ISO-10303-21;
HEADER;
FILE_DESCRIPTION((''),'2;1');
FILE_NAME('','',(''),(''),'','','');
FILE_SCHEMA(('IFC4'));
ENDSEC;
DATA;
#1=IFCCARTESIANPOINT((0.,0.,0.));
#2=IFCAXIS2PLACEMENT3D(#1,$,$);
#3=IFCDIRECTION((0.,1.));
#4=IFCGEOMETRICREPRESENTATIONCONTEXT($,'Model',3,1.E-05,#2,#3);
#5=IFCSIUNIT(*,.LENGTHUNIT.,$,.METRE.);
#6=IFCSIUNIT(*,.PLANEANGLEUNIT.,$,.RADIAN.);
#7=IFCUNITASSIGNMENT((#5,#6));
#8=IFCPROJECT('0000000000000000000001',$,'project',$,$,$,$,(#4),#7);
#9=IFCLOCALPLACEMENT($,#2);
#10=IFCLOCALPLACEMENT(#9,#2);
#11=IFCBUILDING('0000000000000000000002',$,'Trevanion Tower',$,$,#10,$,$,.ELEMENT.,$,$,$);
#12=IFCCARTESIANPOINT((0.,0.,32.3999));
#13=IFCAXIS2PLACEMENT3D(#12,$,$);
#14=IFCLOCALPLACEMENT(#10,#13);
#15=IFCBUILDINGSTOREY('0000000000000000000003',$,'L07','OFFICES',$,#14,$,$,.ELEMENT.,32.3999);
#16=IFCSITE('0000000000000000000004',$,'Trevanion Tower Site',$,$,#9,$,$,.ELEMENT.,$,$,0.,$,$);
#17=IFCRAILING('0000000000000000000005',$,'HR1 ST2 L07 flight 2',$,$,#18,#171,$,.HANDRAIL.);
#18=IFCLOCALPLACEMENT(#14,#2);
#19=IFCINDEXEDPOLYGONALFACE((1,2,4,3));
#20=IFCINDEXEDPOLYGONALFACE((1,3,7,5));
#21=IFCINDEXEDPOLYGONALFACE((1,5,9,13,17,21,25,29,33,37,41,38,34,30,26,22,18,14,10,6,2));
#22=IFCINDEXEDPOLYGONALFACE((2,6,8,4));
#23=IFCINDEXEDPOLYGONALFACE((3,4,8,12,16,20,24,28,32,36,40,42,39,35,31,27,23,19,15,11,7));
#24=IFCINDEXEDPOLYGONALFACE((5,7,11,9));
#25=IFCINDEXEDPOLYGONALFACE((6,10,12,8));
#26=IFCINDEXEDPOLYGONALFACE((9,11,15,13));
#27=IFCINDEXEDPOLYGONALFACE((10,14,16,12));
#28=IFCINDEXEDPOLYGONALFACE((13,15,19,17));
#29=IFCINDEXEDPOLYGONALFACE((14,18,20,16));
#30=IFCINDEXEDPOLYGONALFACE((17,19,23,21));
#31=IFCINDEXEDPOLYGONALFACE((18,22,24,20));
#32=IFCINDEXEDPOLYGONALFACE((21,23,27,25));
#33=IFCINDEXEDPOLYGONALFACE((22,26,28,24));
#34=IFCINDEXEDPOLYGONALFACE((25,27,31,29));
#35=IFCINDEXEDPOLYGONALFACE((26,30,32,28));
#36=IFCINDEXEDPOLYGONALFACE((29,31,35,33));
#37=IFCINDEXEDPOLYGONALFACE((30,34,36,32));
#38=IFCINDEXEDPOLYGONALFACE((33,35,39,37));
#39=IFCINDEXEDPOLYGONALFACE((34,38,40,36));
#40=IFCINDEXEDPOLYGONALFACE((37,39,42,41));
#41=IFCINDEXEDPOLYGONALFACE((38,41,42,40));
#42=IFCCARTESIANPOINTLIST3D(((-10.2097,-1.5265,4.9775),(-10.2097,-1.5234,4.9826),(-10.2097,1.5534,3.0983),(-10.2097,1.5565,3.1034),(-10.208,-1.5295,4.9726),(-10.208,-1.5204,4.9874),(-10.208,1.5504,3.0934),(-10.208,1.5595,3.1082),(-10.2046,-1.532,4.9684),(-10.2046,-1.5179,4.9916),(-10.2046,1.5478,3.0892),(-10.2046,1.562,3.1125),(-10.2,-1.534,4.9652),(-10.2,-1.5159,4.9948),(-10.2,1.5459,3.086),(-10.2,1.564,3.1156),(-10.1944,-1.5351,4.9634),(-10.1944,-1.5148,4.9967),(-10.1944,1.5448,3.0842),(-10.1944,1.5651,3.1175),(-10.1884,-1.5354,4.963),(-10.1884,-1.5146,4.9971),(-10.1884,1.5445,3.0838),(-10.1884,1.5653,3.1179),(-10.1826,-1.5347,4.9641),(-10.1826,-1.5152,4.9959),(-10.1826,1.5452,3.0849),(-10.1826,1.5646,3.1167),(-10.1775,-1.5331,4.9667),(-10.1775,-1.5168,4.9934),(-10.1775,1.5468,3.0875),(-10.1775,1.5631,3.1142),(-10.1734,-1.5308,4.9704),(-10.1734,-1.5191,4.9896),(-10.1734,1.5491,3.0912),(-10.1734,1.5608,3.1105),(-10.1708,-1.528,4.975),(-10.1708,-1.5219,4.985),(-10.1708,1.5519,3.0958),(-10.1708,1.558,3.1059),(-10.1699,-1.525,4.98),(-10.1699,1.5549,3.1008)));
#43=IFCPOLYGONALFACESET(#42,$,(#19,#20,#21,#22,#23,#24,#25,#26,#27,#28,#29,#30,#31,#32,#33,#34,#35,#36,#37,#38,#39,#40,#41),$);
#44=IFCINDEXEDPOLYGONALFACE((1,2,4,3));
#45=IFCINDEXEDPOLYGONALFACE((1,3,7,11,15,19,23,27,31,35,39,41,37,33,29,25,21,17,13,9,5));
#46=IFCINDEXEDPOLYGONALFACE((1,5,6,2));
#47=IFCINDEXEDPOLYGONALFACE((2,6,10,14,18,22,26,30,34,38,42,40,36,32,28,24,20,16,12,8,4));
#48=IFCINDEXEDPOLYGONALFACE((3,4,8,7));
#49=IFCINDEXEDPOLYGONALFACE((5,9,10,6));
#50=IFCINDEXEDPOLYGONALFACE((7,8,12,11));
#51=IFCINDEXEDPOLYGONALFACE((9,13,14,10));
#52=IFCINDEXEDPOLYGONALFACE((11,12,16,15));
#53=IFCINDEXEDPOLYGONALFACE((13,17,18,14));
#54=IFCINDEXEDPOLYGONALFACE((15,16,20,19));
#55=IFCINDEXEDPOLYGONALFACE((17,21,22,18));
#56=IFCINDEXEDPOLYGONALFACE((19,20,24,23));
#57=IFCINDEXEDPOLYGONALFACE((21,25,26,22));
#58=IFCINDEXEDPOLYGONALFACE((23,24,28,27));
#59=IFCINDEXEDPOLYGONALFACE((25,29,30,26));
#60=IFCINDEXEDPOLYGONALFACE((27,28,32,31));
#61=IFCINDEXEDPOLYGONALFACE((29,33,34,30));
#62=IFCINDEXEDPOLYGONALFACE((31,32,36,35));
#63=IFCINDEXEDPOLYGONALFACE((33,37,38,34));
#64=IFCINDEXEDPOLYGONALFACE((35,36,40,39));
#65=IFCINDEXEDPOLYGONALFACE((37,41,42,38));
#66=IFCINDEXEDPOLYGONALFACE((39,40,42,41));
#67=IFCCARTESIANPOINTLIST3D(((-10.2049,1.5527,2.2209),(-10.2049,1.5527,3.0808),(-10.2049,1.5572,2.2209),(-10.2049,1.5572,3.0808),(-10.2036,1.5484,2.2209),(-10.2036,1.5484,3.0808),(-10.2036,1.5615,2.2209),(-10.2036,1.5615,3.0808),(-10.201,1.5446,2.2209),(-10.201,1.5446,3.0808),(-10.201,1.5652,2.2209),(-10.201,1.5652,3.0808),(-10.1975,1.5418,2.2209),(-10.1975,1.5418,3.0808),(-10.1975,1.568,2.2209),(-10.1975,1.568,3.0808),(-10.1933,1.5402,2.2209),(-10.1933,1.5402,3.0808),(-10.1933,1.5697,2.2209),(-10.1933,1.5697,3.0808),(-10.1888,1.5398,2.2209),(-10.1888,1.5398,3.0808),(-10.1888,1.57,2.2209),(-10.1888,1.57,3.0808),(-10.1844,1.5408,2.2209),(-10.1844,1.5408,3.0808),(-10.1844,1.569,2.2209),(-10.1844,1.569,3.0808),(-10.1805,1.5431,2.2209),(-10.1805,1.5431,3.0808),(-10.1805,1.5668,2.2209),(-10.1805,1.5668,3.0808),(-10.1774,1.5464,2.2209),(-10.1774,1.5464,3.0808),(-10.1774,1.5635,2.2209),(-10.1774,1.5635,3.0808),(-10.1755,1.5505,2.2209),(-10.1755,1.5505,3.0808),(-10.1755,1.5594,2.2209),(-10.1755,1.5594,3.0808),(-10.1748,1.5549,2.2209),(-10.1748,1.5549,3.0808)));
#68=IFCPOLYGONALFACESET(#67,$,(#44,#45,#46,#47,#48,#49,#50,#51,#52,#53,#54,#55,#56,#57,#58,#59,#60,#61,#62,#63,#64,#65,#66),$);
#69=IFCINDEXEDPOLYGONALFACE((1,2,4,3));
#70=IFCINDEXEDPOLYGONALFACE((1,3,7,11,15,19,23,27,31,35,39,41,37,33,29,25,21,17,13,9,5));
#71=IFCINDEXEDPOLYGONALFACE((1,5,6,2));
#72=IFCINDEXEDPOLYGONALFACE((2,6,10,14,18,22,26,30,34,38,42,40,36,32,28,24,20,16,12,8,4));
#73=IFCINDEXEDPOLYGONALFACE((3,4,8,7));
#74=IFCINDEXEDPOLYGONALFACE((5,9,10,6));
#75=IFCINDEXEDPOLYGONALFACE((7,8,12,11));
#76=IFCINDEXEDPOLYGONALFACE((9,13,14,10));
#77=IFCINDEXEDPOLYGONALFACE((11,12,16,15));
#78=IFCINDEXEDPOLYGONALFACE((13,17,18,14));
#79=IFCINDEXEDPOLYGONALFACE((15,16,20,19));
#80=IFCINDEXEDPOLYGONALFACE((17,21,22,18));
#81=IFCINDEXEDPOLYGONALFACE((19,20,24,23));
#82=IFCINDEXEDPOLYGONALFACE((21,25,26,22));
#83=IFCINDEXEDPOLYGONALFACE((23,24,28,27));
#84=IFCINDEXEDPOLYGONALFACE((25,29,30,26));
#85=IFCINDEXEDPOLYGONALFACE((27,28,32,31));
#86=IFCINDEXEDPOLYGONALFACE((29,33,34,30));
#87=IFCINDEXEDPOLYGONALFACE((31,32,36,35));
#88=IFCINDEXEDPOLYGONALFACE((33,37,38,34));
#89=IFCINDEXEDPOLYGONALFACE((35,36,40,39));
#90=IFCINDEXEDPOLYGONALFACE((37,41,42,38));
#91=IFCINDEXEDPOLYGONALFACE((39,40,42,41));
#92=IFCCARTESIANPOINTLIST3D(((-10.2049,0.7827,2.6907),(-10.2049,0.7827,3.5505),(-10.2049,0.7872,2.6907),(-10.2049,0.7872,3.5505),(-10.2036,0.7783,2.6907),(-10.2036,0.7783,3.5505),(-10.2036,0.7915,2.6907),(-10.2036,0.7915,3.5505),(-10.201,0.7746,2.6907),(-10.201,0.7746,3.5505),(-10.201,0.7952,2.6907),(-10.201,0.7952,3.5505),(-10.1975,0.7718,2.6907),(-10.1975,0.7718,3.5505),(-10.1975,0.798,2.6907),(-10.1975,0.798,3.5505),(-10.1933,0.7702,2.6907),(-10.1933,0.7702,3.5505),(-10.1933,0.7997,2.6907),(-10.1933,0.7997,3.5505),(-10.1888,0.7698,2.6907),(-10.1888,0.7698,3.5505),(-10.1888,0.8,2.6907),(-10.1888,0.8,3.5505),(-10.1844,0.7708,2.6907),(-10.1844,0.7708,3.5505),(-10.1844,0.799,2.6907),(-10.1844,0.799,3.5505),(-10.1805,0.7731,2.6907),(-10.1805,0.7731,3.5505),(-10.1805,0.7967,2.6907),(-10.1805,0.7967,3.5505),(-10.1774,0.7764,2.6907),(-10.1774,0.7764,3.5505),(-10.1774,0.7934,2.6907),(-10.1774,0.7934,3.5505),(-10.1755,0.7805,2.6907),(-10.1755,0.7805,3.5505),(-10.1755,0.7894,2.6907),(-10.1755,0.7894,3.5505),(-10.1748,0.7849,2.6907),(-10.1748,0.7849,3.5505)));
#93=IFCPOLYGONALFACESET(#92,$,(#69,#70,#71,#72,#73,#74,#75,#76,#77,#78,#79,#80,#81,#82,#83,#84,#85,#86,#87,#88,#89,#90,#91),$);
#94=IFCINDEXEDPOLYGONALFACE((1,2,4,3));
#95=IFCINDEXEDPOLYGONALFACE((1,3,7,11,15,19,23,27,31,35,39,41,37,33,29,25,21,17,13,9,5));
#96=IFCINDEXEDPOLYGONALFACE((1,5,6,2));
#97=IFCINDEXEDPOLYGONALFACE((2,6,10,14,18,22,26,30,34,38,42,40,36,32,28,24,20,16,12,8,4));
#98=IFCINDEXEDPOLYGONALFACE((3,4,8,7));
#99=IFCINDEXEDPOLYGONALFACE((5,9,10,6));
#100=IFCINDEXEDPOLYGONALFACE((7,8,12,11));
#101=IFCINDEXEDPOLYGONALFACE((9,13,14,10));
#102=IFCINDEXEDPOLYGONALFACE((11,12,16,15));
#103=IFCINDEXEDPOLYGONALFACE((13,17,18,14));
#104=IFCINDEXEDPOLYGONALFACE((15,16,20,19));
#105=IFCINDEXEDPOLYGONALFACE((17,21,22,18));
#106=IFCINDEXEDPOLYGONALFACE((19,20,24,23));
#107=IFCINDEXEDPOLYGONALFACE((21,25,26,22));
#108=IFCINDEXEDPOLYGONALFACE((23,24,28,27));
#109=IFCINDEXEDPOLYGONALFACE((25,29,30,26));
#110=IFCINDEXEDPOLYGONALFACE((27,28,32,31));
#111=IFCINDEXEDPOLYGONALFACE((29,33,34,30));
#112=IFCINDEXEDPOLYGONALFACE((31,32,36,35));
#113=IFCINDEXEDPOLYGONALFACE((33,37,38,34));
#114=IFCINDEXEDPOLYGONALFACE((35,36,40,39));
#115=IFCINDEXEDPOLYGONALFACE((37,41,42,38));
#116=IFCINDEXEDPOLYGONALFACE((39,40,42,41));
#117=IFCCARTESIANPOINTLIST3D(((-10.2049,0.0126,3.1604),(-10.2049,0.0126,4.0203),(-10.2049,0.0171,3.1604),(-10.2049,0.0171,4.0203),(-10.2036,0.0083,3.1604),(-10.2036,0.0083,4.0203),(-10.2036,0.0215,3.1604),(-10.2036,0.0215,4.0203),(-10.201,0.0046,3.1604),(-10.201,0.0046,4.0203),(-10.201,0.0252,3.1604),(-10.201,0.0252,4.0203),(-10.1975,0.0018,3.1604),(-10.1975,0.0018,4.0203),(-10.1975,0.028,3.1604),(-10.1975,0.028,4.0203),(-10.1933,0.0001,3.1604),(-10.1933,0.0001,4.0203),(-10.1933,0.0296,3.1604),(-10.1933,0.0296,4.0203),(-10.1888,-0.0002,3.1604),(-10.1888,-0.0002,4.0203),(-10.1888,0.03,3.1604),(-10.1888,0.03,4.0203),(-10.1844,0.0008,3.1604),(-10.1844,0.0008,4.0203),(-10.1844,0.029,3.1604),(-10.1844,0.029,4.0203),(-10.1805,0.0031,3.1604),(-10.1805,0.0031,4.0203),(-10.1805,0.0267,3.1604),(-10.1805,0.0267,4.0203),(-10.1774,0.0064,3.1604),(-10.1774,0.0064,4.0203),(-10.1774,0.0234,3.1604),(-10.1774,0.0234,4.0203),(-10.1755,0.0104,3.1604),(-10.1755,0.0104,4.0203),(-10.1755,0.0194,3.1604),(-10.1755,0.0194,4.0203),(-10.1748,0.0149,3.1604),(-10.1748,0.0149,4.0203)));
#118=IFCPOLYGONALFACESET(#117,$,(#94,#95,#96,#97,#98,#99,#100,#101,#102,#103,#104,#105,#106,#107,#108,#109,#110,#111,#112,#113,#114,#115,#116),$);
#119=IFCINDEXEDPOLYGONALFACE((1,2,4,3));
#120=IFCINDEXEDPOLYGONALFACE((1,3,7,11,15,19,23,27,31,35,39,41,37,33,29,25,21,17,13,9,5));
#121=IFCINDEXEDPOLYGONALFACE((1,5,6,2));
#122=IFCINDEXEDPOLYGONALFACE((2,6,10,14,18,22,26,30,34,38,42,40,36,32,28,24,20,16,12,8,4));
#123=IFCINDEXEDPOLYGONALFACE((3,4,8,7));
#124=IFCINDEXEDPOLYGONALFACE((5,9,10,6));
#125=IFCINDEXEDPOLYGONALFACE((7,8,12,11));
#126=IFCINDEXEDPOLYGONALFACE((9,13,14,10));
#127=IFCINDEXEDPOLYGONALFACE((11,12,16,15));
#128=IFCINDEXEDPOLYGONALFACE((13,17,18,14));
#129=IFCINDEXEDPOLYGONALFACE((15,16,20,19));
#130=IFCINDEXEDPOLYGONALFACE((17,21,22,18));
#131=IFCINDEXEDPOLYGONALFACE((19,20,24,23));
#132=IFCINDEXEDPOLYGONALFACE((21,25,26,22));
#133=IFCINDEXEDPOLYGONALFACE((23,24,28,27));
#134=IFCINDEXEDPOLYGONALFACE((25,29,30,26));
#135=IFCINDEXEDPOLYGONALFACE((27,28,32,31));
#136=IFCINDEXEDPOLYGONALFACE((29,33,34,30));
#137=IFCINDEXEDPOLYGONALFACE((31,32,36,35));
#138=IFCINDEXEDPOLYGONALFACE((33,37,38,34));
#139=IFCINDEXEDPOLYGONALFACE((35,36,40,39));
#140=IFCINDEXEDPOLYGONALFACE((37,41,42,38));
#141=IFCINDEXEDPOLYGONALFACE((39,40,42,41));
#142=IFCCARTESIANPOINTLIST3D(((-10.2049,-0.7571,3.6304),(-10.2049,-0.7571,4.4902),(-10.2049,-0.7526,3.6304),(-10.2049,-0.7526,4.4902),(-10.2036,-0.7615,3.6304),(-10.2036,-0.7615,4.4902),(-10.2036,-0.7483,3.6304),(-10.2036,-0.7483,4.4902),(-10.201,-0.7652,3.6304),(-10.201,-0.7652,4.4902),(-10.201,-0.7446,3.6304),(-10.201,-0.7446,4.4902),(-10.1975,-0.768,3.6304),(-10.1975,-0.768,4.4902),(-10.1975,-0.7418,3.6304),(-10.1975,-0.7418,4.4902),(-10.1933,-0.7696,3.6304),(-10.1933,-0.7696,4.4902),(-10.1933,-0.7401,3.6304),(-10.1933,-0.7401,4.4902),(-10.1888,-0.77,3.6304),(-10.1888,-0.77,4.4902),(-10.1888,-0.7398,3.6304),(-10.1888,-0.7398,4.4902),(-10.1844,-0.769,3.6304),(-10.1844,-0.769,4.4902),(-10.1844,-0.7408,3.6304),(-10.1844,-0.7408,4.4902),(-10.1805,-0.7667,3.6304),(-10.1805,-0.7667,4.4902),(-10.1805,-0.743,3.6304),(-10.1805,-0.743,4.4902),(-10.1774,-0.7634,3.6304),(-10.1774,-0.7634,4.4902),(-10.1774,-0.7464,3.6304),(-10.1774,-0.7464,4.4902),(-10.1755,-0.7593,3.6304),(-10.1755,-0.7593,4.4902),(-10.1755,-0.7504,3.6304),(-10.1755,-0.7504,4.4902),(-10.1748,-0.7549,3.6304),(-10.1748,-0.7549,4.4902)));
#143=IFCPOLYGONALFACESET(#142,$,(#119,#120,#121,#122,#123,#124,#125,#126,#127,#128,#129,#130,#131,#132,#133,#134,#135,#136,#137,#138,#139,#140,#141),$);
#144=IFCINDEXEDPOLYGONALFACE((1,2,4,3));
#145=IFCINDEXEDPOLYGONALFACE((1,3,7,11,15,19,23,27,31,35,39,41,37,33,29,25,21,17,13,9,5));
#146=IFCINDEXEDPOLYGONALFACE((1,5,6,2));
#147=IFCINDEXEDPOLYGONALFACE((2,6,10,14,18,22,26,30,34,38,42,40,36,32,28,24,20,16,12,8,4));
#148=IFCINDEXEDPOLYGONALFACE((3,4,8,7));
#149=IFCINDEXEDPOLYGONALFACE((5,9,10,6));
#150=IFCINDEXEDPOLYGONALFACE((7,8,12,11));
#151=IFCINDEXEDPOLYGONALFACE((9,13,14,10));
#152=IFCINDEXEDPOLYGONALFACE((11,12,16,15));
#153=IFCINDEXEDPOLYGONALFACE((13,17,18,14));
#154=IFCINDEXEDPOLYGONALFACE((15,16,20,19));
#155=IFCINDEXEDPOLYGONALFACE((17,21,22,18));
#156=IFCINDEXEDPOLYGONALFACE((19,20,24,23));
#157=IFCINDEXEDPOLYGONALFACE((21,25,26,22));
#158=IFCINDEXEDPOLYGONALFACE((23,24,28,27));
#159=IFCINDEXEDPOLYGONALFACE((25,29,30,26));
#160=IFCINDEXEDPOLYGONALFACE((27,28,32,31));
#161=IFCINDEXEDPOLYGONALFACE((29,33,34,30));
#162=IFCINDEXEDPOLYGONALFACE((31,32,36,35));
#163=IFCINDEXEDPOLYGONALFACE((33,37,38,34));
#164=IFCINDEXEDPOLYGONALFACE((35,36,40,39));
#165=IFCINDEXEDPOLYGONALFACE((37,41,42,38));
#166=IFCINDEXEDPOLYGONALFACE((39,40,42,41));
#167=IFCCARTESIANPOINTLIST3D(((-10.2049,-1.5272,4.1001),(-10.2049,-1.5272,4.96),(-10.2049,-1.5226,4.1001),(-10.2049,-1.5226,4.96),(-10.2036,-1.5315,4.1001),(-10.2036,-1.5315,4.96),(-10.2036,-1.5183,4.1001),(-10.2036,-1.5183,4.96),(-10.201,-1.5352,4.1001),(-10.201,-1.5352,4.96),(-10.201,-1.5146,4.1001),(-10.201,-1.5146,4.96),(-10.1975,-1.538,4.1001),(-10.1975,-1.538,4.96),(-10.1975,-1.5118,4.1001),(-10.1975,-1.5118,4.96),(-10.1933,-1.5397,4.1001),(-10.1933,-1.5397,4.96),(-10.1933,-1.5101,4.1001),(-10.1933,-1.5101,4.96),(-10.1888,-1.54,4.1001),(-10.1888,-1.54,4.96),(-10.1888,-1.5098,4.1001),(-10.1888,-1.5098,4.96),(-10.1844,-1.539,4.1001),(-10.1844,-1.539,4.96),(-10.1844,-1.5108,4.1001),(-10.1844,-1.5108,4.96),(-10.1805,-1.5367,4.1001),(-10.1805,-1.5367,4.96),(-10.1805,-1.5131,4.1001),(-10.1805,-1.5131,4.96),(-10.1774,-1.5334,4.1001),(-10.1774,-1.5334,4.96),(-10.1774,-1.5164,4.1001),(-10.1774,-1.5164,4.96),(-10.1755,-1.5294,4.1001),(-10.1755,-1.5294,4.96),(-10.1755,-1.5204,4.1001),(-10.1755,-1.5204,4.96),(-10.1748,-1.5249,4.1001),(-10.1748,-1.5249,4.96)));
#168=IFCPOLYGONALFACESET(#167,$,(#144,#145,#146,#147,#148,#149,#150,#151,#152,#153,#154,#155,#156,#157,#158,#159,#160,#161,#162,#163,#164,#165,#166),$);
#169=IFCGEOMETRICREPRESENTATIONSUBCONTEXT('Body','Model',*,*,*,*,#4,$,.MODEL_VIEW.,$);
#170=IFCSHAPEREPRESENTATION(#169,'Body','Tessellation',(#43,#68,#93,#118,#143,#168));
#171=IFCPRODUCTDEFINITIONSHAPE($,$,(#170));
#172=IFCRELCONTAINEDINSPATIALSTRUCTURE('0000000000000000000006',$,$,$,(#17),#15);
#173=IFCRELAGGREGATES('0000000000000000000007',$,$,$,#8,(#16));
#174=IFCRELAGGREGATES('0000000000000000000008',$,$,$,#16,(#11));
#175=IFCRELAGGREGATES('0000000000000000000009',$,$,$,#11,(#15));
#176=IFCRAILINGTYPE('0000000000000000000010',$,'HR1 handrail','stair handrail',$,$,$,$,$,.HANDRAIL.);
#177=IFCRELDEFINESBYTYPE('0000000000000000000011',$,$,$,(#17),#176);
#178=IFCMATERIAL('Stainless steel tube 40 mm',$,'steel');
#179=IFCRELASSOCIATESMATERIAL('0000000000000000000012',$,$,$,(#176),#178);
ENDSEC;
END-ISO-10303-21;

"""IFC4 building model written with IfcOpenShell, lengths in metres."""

from ifc_helpers import new_model, si_unit, direction, frame, origin, origin_2d, place, context, subcontext, project, spatial, circle, extrude, material, type_object, element, save


model = new_model("IFC4")

# Units and contexts
model_context = context("Model", 3, precision=1e-05, world=origin(), true_north=direction((0.0, 1.0)))
body_context = subcontext(model_context, "Body", "Model", "MODEL_VIEW")
ifc_project = project(units=[si_unit("LENGTHUNIT", "METRE"), si_unit("PLANEANGLEUNIT", "RADIAN")], contexts=[model_context])

# Site, building, storey
site_placement = place(None, origin())
site = spatial("IfcSite", under=ifc_project, at=site_placement, Name="Trevanion Tower Site", CompositionType="ELEMENT", RefElevation=0.0)
building_placement = place(site_placement, origin())
building = spatial("IfcBuilding", under=site, at=building_placement, Name="Trevanion Tower", CompositionType="ELEMENT")
storey_placement = place(building_placement, frame((0.0, 0.0, 32.3999)))
storey = spatial("IfcBuildingStorey", under=building, at=storey_placement, Name="L07", Description="OFFICES", CompositionType="ELEMENT", Elevation=32.3999)

# Railing
ifc_material_1 = material(Name="Stainless steel tube 40 mm", Category="steel")
railing_type = type_object("IfcRailingType", Name="HR1 handrail", Description="stair handrail", PredefinedType="HANDRAIL", material=ifc_material_1)
for number, where, name in (
    (1, (-10.1899, 1.5549, 2.2209), "HR1 ST2 L07 flight 2"),
):
    element("IfcRailing", number, at=place(storey_placement, frame(where)), inside=storey, type_object=railing_type, Name=name, PredefinedType="HANDRAIL", context=body_context, shape_type="SweptSolid", body=[
        extrude(circle(Radius=0.02, at=origin_2d()), frame((0.0, 0.0, 0.8799), z_axis=(0.0, -0.853648, 0.52085), x_axis=(1.0, 0.0, 0.0)), (0.0, 0.0, 1.0), 3.6079),
        extrude(circle(Radius=0.0151, at=origin_2d()), origin(), (0.0, 0.0, 1.0), 0.8599),
        extrude(circle(Radius=0.0151, at=origin_2d()), frame((0.0, -0.77, 0.4697)), (0.0, 0.0, 1.0), 0.8599),
        extrude(circle(Radius=0.0151, at=origin_2d()), frame((0.0, -1.54, 0.9395)), (0.0, 0.0, 1.0), 0.8599),
        extrude(circle(Radius=0.0151, at=origin_2d()), frame((0.0, -2.3098, 1.4094)), (0.0, 0.0, 1.0), 0.8599),
        extrude(circle(Radius=0.0151, at=origin_2d()), frame((0.0, -3.0798, 1.8792)), (0.0, 0.0, 1.0), 0.8599),
    ])

save(model, "model.ifc")
